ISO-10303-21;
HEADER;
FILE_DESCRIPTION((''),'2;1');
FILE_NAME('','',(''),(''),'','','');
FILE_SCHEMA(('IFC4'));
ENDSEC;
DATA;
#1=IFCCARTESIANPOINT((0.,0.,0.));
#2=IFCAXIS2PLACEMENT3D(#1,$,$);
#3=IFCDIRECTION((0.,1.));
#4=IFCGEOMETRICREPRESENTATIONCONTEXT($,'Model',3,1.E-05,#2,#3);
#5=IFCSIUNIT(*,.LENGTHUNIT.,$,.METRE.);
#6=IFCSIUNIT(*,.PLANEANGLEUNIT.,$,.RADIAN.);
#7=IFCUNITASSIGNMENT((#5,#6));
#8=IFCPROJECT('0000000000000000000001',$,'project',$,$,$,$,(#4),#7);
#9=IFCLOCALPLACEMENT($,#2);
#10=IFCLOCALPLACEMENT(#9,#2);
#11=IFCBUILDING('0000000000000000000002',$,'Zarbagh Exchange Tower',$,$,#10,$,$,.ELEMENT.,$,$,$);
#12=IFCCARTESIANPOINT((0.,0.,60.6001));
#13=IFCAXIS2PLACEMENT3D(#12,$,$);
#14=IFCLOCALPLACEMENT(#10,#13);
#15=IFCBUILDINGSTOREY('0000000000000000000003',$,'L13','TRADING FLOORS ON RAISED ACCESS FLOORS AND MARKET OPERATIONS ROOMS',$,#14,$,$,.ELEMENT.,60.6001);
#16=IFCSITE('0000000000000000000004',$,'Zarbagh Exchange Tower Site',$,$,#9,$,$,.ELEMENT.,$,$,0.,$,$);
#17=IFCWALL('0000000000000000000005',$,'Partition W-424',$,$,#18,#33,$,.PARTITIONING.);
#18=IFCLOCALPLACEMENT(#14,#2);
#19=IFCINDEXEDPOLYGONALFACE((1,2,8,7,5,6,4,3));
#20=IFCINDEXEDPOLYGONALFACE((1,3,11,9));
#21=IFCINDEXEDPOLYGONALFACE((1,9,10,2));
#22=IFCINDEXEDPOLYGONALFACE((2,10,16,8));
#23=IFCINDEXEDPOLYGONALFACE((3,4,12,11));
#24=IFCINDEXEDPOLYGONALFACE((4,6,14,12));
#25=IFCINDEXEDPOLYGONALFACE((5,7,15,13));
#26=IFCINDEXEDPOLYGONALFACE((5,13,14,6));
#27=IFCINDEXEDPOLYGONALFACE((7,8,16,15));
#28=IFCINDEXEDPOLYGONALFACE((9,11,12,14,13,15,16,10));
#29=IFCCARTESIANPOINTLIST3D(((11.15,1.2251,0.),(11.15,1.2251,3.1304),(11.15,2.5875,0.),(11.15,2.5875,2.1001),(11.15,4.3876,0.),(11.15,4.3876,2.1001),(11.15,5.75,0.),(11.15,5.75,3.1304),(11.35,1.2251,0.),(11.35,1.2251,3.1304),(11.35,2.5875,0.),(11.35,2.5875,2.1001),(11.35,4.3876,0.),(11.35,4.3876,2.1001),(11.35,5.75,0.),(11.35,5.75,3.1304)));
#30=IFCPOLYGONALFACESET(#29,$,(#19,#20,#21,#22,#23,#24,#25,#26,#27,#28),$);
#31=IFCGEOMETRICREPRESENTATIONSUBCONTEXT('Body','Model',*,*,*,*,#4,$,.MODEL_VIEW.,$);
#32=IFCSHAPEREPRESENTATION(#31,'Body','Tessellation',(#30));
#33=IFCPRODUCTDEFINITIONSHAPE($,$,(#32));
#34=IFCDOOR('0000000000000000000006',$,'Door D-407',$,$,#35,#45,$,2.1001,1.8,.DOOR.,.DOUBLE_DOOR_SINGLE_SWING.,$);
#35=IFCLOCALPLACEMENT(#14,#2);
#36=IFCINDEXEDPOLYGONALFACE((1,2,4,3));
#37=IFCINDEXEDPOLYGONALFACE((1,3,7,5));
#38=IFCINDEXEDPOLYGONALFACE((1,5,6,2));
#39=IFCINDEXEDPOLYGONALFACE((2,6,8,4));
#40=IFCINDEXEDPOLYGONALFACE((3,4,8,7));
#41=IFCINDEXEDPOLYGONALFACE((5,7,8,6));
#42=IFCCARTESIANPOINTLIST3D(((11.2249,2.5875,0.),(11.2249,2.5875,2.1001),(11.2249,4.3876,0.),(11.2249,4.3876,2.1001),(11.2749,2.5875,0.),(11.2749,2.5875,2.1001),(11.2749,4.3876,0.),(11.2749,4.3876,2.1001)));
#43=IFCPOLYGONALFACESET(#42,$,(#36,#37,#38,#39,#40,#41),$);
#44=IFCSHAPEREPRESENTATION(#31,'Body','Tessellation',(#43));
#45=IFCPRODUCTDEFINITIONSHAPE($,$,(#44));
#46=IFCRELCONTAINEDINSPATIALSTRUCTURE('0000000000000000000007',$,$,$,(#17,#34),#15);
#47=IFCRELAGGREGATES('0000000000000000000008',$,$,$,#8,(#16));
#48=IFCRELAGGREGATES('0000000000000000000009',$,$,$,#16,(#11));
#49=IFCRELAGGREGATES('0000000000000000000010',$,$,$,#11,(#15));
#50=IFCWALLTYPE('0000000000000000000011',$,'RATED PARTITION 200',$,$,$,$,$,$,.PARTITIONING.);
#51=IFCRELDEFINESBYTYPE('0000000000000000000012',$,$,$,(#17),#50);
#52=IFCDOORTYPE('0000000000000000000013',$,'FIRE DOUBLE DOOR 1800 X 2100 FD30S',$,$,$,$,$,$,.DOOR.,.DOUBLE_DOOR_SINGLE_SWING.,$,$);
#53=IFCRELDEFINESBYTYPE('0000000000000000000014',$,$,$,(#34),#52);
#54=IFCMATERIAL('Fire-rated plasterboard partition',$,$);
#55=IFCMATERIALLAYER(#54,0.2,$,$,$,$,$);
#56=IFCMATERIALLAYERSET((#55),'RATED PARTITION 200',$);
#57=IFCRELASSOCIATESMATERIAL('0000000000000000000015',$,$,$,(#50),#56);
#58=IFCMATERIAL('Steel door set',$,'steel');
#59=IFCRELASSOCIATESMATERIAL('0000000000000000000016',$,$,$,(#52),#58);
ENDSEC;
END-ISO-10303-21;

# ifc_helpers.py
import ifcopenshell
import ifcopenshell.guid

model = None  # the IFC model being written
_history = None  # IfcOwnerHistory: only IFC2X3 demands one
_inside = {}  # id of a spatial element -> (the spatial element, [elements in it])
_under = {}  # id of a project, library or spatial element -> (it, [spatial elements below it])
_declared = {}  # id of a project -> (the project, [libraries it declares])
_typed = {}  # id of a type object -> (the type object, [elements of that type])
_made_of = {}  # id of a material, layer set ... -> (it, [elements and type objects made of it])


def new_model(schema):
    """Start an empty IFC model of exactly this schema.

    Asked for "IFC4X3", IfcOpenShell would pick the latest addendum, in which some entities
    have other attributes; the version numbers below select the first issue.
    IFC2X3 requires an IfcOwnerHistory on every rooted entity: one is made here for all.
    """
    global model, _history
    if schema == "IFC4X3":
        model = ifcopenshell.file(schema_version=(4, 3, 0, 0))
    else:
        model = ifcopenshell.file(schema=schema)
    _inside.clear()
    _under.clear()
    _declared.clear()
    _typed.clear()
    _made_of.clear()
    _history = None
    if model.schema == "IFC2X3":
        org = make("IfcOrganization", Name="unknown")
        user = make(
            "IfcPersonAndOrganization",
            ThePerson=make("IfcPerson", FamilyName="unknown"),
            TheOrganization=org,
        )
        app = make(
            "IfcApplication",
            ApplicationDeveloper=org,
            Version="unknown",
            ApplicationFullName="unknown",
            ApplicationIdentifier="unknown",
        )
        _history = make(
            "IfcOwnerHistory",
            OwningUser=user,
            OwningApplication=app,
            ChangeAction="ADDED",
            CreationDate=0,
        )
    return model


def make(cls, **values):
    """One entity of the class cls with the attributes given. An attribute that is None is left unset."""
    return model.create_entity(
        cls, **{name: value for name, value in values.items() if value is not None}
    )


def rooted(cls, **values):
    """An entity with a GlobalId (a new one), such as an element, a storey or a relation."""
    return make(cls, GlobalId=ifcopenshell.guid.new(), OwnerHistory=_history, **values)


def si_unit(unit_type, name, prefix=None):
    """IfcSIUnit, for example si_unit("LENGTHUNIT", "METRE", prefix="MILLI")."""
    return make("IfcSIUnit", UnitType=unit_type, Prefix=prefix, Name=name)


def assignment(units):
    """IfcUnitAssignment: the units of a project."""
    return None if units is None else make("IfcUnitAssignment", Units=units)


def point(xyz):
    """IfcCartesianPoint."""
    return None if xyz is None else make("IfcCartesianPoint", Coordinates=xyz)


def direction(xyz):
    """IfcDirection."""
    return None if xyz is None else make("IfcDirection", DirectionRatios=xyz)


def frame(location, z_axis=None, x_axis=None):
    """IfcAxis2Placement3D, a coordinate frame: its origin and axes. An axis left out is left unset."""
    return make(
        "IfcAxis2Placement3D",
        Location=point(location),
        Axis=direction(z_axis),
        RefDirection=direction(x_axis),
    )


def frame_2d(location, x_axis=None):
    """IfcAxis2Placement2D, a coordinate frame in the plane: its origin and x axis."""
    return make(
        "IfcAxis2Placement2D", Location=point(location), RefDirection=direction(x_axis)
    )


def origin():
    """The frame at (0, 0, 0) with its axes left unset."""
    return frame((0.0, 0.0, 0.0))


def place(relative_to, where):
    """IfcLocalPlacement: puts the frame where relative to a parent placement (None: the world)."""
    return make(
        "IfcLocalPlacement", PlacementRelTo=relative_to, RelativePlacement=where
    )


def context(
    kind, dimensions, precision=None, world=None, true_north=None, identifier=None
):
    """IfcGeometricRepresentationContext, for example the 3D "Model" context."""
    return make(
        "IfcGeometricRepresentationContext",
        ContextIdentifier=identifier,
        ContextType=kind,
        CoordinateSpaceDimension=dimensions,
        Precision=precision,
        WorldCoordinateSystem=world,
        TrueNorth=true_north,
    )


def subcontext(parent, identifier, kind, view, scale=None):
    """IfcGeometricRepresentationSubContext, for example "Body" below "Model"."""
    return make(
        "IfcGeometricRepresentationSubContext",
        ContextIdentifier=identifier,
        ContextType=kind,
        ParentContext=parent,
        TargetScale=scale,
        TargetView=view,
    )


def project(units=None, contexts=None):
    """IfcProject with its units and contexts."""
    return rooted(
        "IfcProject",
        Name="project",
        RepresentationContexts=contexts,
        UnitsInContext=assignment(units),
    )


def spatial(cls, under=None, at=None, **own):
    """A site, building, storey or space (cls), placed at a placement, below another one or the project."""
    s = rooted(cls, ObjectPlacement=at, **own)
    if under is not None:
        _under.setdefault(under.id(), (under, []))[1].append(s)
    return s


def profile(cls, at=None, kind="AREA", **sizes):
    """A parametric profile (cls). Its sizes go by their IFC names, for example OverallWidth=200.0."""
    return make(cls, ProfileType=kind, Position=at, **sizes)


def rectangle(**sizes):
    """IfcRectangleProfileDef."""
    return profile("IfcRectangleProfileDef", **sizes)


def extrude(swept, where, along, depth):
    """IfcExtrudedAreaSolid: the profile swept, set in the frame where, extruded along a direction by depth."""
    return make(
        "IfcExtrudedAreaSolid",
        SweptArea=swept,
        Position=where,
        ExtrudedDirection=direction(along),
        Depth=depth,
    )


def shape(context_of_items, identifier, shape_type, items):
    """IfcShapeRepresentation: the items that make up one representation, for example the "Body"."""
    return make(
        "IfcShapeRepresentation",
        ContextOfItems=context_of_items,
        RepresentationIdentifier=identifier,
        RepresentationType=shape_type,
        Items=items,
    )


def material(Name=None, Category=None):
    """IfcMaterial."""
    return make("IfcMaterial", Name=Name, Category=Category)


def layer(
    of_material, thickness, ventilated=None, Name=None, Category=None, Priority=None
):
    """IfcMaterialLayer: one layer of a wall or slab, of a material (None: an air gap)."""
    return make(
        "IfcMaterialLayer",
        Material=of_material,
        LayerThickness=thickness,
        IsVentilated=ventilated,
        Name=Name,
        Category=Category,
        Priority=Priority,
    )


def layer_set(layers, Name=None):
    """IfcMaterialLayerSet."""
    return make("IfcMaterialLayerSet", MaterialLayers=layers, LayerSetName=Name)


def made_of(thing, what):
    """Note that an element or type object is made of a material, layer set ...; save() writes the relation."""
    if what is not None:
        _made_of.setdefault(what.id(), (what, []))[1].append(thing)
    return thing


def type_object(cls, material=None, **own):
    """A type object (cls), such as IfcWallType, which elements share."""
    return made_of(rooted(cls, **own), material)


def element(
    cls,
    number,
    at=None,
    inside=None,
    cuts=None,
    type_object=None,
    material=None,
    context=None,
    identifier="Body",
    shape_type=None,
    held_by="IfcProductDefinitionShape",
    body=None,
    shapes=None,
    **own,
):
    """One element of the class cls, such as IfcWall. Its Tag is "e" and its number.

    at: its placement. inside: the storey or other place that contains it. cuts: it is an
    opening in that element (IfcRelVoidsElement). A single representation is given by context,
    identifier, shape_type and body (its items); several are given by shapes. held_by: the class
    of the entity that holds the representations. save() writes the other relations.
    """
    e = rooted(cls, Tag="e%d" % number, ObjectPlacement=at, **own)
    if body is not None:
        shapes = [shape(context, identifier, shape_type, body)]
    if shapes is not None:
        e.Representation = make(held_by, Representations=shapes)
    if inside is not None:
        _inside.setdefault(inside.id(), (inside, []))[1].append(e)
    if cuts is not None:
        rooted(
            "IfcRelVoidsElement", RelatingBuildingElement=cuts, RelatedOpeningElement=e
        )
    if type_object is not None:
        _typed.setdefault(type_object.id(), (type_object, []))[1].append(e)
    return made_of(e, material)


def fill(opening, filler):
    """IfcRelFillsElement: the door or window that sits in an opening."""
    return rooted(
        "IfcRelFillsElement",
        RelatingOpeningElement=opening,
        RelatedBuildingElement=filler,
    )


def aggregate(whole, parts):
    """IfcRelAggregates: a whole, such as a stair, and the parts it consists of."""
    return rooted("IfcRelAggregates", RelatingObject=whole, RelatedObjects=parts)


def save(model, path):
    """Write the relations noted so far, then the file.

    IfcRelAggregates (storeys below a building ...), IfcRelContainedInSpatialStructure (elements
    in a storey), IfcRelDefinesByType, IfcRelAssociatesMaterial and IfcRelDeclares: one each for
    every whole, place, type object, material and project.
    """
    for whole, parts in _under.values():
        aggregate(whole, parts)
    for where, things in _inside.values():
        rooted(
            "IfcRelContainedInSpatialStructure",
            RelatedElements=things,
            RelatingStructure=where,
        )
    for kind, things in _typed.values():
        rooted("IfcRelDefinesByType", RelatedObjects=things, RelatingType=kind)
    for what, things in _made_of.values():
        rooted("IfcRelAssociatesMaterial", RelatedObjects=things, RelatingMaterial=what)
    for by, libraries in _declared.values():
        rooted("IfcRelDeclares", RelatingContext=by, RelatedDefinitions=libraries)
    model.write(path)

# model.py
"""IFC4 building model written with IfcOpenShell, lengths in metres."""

from ifc_helpers import new_model, si_unit, direction, frame, frame_2d, origin, place, context, subcontext, project, spatial, rectangle, extrude, material, layer, layer_set, type_object, element, fill, save


model = new_model("IFC4")

# Units and contexts
model_context = context("Model", 3, precision=1e-05, world=origin(), true_north=direction((0.0, 1.0)))
body_context = subcontext(model_context, "Body", "Model", "MODEL_VIEW")
ifc_project = project(units=[si_unit("LENGTHUNIT", "METRE"), si_unit("PLANEANGLEUNIT", "RADIAN")], contexts=[model_context])

# Site, building, storey
site_placement = place(None, origin())
site = spatial("IfcSite", under=ifc_project, at=site_placement, Name="Zarbagh Exchange Tower Site", CompositionType="ELEMENT", RefElevation=0.0)
building_placement = place(site_placement, origin())
building = spatial("IfcBuilding", under=site, at=building_placement, Name="Zarbagh Exchange Tower", CompositionType="ELEMENT")
storey_placement = place(building_placement, frame((0.0, 0.0, 60.6001)))
storey = spatial("IfcBuildingStorey", under=building, at=storey_placement, Name="L13", Description="TRADING FLOORS ON RAISED ACCESS FLOORS AND MARKET OPERATIONS ROOMS", CompositionType="ELEMENT", Elevation=60.6001)

# Shared definitions
ifc_material_1 = material(Name="Fire-rated plasterboard partition")
ifc_layer_1 = layer(ifc_material_1, 0.2)
ifc_layer_set_1 = layer_set([ifc_layer_1], Name="RATED PARTITION 200")
wall_type_1 = type_object("IfcWallType", Name="RATED PARTITION 200", PredefinedType="PARTITIONING", material=ifc_layer_set_1)
ifc_material_2 = material(Name="Steel door set", Category="steel")

# Wall, opening, door
wall_1_placement = place(storey_placement, frame((11.25, 5.75, 0.0), z_axis=(0.0, 0.0, 1.0), x_axis=(0.0, -1.0, 0.0)))
wall_1 = element("IfcWall", 1, at=wall_1_placement, inside=storey, type_object=wall_type_1, Name="Partition W-424", PredefinedType="PARTITIONING", context=body_context, shape_type="SweptSolid", body=[
    extrude(rectangle(XDim=4.5249, YDim=0.2, at=frame_2d((2.2625, 0.0))), origin(), (0.0, 0.0, 1.0), 3.1304),
])
opening_1_placement = place(wall_1_placement, frame((1.3625, 0.0, 0.0)))
opening_1 = element("IfcOpeningElement", 2, at=opening_1_placement, cuts=wall_1, PredefinedType="OPENING", context=body_context, shape_type="SweptSolid", body=[
    extrude(rectangle(XDim=1.8, YDim=2.1001, at=frame_2d((0.8999, 1.05))), frame((0.0, 0.1099, 0.0), z_axis=(0.0, -1.0, 0.0), x_axis=(1.0, 0.0, 0.0)), (0.0, 0.0, 1.0), 0.22),
])
door_type_1 = type_object("IfcDoorType", Name="FIRE DOUBLE DOOR 1800 X 2100 FD30S", OperationType="DOUBLE_DOOR_SINGLE_SWING", PredefinedType="DOOR", material=ifc_material_2)
door_1_placement = place(opening_1_placement, origin())
door_1 = element("IfcDoor", 3, at=door_1_placement, inside=storey, type_object=door_type_1, Name="Door D-407", OperationType="DOUBLE_DOOR_SINGLE_SWING", OverallHeight=2.1001, OverallWidth=1.8, PredefinedType="DOOR", context=body_context, shape_type="SweptSolid", body=[
    extrude(rectangle(XDim=1.8, YDim=2.1001, at=frame_2d((0.8999, 1.05))), frame((0.0, 0.0249, 0.0), z_axis=(0.0, -1.0, 0.0), x_axis=(1.0, 0.0, 0.0)), (0.0, 0.0, 1.0), 0.05),
])
fill(opening_1, door_1)

save(model, "model.ifc")
